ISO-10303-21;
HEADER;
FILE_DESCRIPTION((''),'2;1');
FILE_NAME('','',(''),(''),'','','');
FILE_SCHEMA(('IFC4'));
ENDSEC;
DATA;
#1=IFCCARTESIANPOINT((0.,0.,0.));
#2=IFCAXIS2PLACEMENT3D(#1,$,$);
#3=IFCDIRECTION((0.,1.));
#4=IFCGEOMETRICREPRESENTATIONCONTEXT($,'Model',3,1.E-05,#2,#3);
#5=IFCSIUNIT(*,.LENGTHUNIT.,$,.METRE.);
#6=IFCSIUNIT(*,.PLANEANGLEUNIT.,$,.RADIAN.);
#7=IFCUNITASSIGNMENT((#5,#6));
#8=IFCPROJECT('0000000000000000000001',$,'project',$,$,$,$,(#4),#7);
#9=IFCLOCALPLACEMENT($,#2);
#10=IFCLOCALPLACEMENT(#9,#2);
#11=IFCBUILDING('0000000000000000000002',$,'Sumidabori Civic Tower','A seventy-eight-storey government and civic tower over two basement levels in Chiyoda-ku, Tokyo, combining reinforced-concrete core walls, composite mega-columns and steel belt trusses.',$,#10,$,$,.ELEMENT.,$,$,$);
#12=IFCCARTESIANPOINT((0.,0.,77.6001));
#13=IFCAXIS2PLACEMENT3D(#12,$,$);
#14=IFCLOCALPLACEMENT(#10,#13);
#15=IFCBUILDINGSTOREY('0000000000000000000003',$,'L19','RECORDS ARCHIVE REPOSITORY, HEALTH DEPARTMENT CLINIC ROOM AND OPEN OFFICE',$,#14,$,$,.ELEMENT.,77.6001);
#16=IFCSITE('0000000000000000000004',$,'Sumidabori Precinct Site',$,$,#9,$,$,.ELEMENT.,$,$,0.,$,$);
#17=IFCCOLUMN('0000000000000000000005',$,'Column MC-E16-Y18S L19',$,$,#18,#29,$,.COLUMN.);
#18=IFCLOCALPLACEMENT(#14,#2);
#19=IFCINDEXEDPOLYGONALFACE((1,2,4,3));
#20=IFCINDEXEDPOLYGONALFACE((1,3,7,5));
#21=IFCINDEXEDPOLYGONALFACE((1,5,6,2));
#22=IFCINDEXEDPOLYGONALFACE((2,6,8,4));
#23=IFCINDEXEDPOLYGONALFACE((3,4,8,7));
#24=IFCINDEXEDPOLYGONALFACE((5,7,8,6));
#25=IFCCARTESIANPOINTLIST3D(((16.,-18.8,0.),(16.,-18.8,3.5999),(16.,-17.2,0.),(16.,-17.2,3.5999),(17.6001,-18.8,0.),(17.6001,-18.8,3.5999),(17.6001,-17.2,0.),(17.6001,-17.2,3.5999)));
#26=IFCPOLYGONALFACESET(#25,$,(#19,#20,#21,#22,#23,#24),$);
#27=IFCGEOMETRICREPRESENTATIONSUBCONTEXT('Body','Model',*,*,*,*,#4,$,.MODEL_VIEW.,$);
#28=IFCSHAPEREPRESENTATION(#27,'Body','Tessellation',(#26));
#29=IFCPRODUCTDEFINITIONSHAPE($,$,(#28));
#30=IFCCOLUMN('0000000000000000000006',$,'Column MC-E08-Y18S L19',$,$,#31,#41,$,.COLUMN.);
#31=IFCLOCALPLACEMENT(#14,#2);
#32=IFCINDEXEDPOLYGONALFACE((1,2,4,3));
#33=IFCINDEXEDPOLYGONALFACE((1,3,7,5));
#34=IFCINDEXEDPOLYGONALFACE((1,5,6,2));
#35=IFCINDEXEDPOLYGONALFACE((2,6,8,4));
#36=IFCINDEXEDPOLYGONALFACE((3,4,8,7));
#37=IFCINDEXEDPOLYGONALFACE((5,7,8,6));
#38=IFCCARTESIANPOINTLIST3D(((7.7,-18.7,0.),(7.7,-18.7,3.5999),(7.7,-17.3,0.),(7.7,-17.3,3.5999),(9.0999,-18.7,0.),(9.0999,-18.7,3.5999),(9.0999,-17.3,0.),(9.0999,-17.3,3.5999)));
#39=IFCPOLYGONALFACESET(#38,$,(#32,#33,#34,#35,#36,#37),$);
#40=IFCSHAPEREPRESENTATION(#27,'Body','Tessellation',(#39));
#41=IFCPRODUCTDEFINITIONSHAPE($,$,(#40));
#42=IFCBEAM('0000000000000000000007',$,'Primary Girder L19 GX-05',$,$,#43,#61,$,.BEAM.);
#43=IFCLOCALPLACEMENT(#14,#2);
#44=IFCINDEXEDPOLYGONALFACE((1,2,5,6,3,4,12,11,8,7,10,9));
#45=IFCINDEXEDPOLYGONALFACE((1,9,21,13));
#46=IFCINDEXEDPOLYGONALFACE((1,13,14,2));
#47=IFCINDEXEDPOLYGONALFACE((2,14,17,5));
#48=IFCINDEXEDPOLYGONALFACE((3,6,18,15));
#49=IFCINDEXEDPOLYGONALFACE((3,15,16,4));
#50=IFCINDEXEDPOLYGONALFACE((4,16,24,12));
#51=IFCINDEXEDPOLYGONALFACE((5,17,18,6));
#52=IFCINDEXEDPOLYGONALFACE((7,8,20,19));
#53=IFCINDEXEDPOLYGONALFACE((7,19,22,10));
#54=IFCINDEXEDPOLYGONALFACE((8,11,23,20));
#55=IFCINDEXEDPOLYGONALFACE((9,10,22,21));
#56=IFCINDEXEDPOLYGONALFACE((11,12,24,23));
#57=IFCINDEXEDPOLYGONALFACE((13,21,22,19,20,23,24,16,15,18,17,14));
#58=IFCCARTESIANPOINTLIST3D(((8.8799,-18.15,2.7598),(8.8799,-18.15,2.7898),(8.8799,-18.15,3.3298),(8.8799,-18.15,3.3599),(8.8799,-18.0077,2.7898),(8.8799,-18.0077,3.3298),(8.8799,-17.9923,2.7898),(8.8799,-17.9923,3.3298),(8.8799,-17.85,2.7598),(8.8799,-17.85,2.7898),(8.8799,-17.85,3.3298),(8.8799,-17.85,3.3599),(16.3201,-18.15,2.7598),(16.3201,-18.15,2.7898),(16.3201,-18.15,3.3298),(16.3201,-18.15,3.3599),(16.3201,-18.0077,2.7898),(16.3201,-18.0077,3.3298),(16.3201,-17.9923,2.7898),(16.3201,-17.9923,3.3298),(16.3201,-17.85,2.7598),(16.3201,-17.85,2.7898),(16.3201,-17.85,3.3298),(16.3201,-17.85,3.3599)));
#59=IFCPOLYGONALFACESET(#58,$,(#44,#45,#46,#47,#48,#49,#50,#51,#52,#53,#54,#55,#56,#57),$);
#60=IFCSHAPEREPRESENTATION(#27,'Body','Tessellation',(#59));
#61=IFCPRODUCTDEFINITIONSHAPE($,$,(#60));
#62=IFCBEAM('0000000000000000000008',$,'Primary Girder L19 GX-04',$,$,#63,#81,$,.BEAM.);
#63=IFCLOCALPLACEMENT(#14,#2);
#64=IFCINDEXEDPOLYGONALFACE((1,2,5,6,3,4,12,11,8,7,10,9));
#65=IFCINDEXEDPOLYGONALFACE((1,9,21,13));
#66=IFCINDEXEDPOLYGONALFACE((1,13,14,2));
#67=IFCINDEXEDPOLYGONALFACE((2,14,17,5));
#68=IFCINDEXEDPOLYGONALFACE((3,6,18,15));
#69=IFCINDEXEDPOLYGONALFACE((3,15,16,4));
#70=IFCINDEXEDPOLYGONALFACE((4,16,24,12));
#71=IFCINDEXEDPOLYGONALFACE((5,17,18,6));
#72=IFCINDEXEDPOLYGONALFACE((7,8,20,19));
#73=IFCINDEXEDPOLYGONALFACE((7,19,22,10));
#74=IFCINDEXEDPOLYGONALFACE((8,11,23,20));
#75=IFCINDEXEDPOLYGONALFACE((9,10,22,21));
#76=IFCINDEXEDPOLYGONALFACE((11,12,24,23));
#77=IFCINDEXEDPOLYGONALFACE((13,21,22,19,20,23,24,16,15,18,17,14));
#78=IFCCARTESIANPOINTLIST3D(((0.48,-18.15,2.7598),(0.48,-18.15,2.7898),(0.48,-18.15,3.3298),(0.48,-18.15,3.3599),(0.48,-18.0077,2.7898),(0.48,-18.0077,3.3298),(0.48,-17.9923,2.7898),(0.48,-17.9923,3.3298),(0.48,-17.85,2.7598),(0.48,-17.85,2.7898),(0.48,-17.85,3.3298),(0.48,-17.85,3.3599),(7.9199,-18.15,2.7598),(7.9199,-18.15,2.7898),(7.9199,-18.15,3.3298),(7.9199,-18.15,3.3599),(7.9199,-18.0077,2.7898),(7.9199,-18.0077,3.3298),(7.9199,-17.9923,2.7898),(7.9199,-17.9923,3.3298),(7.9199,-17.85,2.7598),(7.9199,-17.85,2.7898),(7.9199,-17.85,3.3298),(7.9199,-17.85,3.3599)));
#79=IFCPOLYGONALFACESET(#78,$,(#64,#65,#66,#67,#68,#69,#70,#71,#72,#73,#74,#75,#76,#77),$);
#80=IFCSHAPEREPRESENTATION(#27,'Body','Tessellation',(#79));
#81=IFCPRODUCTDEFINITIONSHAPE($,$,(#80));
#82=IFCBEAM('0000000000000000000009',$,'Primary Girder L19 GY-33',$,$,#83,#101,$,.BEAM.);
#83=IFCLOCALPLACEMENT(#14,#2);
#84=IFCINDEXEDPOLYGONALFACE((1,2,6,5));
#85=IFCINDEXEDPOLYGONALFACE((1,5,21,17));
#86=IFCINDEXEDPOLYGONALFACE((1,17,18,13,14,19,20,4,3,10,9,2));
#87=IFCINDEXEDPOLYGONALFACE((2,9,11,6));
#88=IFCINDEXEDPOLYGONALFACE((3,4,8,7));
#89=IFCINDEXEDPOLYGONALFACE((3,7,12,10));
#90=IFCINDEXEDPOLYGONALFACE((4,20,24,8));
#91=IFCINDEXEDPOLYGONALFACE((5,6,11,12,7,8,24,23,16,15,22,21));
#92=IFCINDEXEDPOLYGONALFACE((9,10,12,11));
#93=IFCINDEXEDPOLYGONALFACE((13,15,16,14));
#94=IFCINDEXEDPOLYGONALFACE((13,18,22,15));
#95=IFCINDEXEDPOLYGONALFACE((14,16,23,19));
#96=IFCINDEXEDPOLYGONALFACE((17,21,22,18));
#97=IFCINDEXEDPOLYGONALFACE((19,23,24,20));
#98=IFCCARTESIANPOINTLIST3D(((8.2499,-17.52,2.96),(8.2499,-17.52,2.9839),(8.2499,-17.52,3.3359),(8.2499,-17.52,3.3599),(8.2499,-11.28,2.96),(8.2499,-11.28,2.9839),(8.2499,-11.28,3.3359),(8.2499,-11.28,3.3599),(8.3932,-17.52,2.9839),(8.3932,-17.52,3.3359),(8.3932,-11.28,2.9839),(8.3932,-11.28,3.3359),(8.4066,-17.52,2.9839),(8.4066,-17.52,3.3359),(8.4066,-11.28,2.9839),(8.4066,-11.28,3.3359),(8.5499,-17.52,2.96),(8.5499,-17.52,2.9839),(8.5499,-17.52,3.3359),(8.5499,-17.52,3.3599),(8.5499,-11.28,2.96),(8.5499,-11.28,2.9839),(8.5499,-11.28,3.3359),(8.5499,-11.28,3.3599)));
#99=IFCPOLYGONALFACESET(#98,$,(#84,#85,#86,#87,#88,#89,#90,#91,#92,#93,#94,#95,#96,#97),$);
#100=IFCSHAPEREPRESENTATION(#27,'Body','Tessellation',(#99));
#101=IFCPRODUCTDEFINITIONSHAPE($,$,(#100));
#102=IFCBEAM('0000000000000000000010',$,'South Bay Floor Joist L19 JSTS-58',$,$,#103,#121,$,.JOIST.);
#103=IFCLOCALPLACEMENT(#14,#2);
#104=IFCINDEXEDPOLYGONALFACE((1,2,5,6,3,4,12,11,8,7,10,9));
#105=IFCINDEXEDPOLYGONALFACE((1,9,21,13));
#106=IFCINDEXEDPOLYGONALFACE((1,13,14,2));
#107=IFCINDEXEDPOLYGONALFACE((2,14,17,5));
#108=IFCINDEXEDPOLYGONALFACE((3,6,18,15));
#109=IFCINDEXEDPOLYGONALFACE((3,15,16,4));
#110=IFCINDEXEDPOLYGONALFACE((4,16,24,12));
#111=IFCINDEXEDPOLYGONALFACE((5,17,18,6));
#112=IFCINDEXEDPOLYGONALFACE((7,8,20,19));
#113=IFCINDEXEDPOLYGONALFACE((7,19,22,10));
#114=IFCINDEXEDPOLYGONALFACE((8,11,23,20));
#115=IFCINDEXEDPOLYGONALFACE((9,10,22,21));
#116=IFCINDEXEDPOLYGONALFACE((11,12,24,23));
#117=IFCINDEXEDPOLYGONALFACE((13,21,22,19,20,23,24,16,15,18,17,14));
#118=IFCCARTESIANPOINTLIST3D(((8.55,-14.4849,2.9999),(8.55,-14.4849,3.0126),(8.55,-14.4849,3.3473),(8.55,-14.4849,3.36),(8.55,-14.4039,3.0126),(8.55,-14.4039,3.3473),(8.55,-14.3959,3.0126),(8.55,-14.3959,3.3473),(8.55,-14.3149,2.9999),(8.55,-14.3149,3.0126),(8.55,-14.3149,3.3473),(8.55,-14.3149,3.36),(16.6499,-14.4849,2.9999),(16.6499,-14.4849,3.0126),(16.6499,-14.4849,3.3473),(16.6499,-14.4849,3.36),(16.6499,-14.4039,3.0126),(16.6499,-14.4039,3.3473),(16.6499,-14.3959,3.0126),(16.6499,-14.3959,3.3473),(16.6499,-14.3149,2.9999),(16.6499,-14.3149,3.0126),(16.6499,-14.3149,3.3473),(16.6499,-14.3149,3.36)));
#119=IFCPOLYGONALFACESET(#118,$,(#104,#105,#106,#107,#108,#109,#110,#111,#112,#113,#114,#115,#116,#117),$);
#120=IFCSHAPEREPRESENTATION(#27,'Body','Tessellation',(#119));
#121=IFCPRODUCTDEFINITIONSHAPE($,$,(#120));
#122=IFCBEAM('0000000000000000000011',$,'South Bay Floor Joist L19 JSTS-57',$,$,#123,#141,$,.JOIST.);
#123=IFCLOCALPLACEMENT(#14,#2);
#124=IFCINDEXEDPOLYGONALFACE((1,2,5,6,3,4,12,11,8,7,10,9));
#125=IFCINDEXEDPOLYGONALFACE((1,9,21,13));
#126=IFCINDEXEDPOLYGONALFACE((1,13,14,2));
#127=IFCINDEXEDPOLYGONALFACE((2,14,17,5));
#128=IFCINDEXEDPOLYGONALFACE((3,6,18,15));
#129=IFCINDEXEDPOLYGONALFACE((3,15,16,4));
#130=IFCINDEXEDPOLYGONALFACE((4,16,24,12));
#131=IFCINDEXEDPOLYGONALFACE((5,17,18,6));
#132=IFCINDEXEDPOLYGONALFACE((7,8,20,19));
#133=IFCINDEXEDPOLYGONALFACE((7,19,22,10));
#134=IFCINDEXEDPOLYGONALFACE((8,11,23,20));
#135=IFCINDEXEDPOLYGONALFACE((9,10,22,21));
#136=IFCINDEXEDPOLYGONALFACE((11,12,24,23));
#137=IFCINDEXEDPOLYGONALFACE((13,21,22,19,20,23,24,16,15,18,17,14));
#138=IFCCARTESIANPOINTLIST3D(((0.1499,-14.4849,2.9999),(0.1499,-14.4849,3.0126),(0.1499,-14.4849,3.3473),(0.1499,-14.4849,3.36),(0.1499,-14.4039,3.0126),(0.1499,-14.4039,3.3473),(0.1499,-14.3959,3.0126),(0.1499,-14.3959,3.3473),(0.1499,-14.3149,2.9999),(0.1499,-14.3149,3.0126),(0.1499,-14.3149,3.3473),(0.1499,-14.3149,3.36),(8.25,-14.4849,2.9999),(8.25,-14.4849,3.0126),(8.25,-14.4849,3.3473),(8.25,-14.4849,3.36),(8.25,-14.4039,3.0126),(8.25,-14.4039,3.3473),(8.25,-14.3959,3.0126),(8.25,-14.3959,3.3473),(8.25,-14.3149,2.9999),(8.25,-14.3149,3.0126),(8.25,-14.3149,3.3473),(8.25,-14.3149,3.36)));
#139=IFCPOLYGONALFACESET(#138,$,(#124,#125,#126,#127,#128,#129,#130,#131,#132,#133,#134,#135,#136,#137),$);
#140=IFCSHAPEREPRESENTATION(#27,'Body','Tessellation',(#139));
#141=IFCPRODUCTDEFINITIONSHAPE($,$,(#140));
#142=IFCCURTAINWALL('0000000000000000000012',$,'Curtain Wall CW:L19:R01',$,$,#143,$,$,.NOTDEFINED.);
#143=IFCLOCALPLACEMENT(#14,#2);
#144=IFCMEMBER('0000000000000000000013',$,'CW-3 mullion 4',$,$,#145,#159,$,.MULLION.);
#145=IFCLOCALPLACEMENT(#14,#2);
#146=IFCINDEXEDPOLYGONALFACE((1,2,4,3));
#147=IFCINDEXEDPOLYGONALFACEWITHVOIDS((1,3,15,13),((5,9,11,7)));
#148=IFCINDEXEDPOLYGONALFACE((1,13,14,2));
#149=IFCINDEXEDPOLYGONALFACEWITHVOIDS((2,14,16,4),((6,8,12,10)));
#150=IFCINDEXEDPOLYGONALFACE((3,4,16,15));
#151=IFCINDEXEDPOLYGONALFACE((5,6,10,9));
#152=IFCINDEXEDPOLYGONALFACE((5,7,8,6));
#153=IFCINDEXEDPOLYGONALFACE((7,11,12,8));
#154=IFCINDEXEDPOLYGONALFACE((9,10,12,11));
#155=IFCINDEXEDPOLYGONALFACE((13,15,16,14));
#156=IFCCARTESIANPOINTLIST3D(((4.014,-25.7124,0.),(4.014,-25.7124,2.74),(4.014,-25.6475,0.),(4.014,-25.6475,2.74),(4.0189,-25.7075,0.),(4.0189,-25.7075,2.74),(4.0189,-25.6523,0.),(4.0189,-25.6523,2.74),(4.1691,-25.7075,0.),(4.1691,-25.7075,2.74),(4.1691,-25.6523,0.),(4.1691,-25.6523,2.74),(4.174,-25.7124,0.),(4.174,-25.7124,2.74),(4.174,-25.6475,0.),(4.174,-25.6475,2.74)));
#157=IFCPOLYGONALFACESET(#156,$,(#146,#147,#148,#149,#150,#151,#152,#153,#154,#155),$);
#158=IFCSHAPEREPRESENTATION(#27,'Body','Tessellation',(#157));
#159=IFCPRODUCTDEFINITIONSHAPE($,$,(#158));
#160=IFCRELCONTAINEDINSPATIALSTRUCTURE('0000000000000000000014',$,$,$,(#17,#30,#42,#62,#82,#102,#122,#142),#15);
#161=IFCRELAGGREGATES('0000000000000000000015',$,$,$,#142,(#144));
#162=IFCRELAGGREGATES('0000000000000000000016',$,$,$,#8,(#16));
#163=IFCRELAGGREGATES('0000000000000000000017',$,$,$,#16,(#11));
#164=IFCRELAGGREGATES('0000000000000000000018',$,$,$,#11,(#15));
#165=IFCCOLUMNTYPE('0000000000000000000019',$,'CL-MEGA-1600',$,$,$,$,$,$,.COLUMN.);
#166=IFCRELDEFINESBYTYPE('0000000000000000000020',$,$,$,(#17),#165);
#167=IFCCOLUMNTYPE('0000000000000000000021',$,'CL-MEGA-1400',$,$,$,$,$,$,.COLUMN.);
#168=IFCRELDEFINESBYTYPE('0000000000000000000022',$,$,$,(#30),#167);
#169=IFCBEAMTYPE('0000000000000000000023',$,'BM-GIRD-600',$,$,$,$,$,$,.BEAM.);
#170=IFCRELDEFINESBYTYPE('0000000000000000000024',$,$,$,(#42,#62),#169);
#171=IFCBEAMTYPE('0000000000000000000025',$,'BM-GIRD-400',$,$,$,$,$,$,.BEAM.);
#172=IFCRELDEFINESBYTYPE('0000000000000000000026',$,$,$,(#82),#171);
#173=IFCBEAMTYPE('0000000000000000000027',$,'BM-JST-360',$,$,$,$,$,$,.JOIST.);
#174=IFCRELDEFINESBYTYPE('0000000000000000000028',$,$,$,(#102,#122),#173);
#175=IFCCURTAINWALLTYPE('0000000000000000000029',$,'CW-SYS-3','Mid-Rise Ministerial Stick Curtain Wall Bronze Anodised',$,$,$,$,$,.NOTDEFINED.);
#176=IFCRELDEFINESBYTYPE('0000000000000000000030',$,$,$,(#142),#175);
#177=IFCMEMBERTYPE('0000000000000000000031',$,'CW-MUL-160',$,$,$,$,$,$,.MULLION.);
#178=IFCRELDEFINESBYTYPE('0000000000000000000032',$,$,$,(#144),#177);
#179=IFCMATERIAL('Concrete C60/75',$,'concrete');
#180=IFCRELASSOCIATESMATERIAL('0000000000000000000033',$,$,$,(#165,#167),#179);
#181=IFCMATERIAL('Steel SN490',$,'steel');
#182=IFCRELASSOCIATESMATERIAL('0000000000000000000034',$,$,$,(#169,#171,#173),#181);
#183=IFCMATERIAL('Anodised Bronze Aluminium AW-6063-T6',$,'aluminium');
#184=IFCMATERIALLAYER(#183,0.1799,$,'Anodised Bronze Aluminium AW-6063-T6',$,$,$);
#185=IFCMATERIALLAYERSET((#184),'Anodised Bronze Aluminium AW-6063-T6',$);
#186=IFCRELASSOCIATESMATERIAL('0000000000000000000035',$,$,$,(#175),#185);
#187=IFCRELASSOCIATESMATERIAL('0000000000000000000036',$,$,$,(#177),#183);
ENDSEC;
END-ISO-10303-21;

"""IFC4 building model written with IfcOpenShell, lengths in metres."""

from ifc_helpers import new_model, si_unit, direction, frame, origin, origin_2d, place, context, subcontext, project, spatial, rectangle, hollow_rectangle, i_section, extrude, source, transform, mapped, material, layer, layer_set, material_profile, profile_set, type_object, element, aggregate, save


model = new_model("IFC4")

# Units and contexts
model_context = context("Model", 3, precision=1e-05, world=origin(), true_north=direction((0.0, 1.0)))
body_context = subcontext(model_context, "Body", "Model", "MODEL_VIEW")
ifc_project = project(units=[si_unit("LENGTHUNIT", "METRE"), si_unit("PLANEANGLEUNIT", "RADIAN")], contexts=[model_context])

# Site, building, storey
site_placement = place(None, origin())
site = spatial("IfcSite", under=ifc_project, at=site_placement, Name="Sumidabori Precinct Site", CompositionType="ELEMENT", RefElevation=0.0)
building_placement = place(site_placement, origin())
building = spatial("IfcBuilding", under=site, at=building_placement, Name="Sumidabori Civic Tower", Description="A seventy-eight-storey government and civic tower over two basement levels in Chiyoda-ku, Tokyo, combining reinforced-concrete core walls, composite mega-columns and steel belt trusses.", CompositionType="ELEMENT")
storey_placement = place(building_placement, frame((0.0, 0.0, 77.6001)))
storey = spatial("IfcBuildingStorey", under=building, at=storey_placement, Name="L19", Description="RECORDS ARCHIVE REPOSITORY, HEALTH DEPARTMENT CLINIC ROOM AND OPEN OFFICE", CompositionType="ELEMENT", Elevation=77.6001)

# Columns
ifc_material_1 = material(Name="Concrete C60/75", Category="concrete")
ifc_material_profile_1 = material_profile(ifc_material_1, rectangle(XDim=1.6001, YDim=1.6001, at=origin_2d()), Name="RC 1600x1600")
ifc_profile_set_1 = profile_set([ifc_material_profile_1], Name="Concrete C60/75")
column_type_1 = type_object("IfcColumnType", Name="CL-MEGA-1600", PredefinedType="COLUMN", material=ifc_profile_set_1)
shared_shape_1 = source(origin(), body_context, "Body", "SweptSolid", [
    extrude(rectangle(XDim=1.6001, YDim=1.6001, at=origin_2d()), origin(), (0.0, 0.0, 1.0), 3.5999),
])
column_1_placement = place(storey_placement, frame((16.8, -18.0, 0.0), z_axis=(0.0, 0.0, 1.0), x_axis=(1.0, 0.0, 0.0)))
element("IfcColumn", 1, at=column_1_placement, inside=storey, type_object=column_type_1, Name="Column MC-E16-Y18S L19", PredefinedType="COLUMN", context=body_context, shape_type="MappedRepresentation", body=[
    mapped(shared_shape_1, transform((0.0, 0.0, 0.0), x_axis=(1.0, 0.0, 0.0), y_axis=(0.0, 1.0, 0.0), z_axis=(0.0, 0.0, 1.0), scale=1.0)),
])
ifc_material_profile_2 = material_profile(ifc_material_1, rectangle(XDim=1.3999, YDim=1.3999, at=origin_2d()), Name="RC 1400x1400")
ifc_profile_set_2 = profile_set([ifc_material_profile_2], Name="Concrete C60/75")
column_type_2 = type_object("IfcColumnType", Name="CL-MEGA-1400", PredefinedType="COLUMN", material=ifc_profile_set_2)
shared_shape_2 = source(origin(), body_context, "Body", "SweptSolid", [
    extrude(rectangle(XDim=1.3999, YDim=1.3999, at=origin_2d()), origin(), (0.0, 0.0, 1.0), 3.5999),
])
column_2_placement = place(storey_placement, frame((8.3999, -18.0, 0.0), z_axis=(0.0, 0.0, 1.0), x_axis=(1.0, 0.0, 0.0)))
element("IfcColumn", 2, at=column_2_placement, inside=storey, type_object=column_type_2, Name="Column MC-E08-Y18S L19", PredefinedType="COLUMN", context=body_context, shape_type="MappedRepresentation", body=[
    mapped(shared_shape_2, transform((0.0, 0.0, 0.0), x_axis=(1.0, 0.0, 0.0), y_axis=(0.0, 1.0, 0.0), z_axis=(0.0, 0.0, 1.0), scale=1.0)),
])

# Beams
ifc_material_2 = material(Name="Steel SN490", Category="steel")
ifc_material_profile_3 = material_profile(ifc_material_2, i_section(OverallWidth=0.3, OverallDepth=0.6001, WebThickness=0.0154, FlangeThickness=0.03, at=origin_2d()), Name="HE 600 B")
ifc_profile_set_3 = profile_set([ifc_material_profile_3], Name="Steel SN490")
beam_type_1 = type_object("IfcBeamType", Name="BM-GIRD-600", PredefinedType="BEAM", material=ifc_profile_set_3)
shared_shape_3 = source(origin(), body_context, "Body", "SweptSolid", [
    extrude(i_section(OverallWidth=0.3, OverallDepth=0.6001, WebThickness=0.0154, FlangeThickness=0.03, at=origin_2d()), origin(), (0.0, 0.0, 1.0), 7.4402),
])
beam_1_placement = place(storey_placement, frame((8.8799, -18.0, 3.0598), z_axis=(1.0, 0.0, 0.0), x_axis=(0.0, 1.0, 0.0)))
element("IfcBeam", 3, at=beam_1_placement, inside=storey, type_object=beam_type_1, Name="Primary Girder L19 GX-05", PredefinedType="BEAM", context=body_context, shape_type="MappedRepresentation", body=[
    mapped(shared_shape_3, transform((0.0, 0.0, 0.0), x_axis=(1.0, 0.0, 0.0), y_axis=(0.0, 1.0, 0.0), z_axis=(0.0, 0.0, 1.0), scale=1.0)),
])
shared_shape_4 = source(origin(), body_context, "Body", "SweptSolid", [
    extrude(i_section(OverallWidth=0.3, OverallDepth=0.6001, WebThickness=0.0154, FlangeThickness=0.03, at=origin_2d()), origin(), (0.0, 0.0, 1.0), 7.4399),
])
beam_2_placement = place(storey_placement, frame((0.48, -18.0, 3.0598), z_axis=(1.0, 0.0, 0.0), x_axis=(0.0, 1.0, 0.0)))
element("IfcBeam", 4, at=beam_2_placement, inside=storey, type_object=beam_type_1, Name="Primary Girder L19 GX-04", PredefinedType="BEAM", context=body_context, shape_type="MappedRepresentation", body=[
    mapped(shared_shape_4, transform((0.0, 0.0, 0.0), x_axis=(1.0, 0.0, 0.0), y_axis=(0.0, 1.0, 0.0), z_axis=(0.0, 0.0, 1.0), scale=1.0)),
])
ifc_material_profile_4 = material_profile(ifc_material_2, i_section(OverallWidth=0.3, OverallDepth=0.3999, WebThickness=0.0134, FlangeThickness=0.0239, at=origin_2d()), Name="HE 400 B")
ifc_profile_set_4 = profile_set([ifc_material_profile_4], Name="Steel SN490")
beam_type_2 = type_object("IfcBeamType", Name="BM-GIRD-400", PredefinedType="BEAM", material=ifc_profile_set_4)
shared_shape_5 = source(origin(), body_context, "Body", "SweptSolid", [
    extrude(i_section(OverallWidth=0.3, OverallDepth=0.3999, WebThickness=0.0134, FlangeThickness=0.0239, at=origin_2d()), origin(), (0.0, 0.0, 1.0), 6.24),
])
beam_3_placement = place(storey_placement, frame((8.3999, -17.52, 3.1599), z_axis=(0.0, 1.0, 0.0), x_axis=(-1.0, 0.0, 0.0)))
element("IfcBeam", 5, at=beam_3_placement, inside=storey, type_object=beam_type_2, Name="Primary Girder L19 GY-33", PredefinedType="BEAM", context=body_context, shape_type="MappedRepresentation", body=[
    mapped(shared_shape_5, transform((0.0, 0.0, 0.0), x_axis=(1.0, 0.0, 0.0), y_axis=(0.0, 1.0, 0.0), z_axis=(0.0, 0.0, 1.0), scale=1.0)),
])
ifc_material_profile_5 = material_profile(ifc_material_2, i_section(OverallWidth=0.1699, OverallDepth=0.3601, WebThickness=0.0081, FlangeThickness=0.0127, at=origin_2d()), Name="IPE 360")
ifc_profile_set_5 = profile_set([ifc_material_profile_5], Name="Steel SN490")
beam_type_3 = type_object("IfcBeamType", Name="BM-JST-360", PredefinedType="JOIST", material=ifc_profile_set_5)
shared_shape_6 = source(origin(), body_context, "Body", "SweptSolid", [
    extrude(i_section(OverallWidth=0.1699, OverallDepth=0.3601, WebThickness=0.0081, FlangeThickness=0.0127, at=origin_2d()), origin(), (0.0, 0.0, 1.0), 8.0999),
])
beam_4_placement = place(storey_placement, frame((8.55, -14.3999, 3.1799), z_axis=(1.0, 0.0, 0.0), x_axis=(0.0, 1.0, 0.0)))
element("IfcBeam", 6, at=beam_4_placement, inside=storey, type_object=beam_type_3, Name="South Bay Floor Joist L19 JSTS-58", PredefinedType="JOIST", context=body_context, shape_type="MappedRepresentation", body=[
    mapped(shared_shape_6, transform((0.0, 0.0, 0.0), x_axis=(1.0, 0.0, 0.0), y_axis=(0.0, 1.0, 0.0), z_axis=(0.0, 0.0, 1.0), scale=1.0)),
])
shared_shape_7 = source(origin(), body_context, "Body", "SweptSolid", [
    extrude(i_section(OverallWidth=0.1699, OverallDepth=0.3601, WebThickness=0.0081, FlangeThickness=0.0127, at=origin_2d()), origin(), (0.0, 0.0, 1.0), 8.1001),
])
beam_5_placement = place(storey_placement, frame((0.1499, -14.3999, 3.1799), z_axis=(1.0, 0.0, 0.0), x_axis=(0.0, 1.0, 0.0)))
element("IfcBeam", 7, at=beam_5_placement, inside=storey, type_object=beam_type_3, Name="South Bay Floor Joist L19 JSTS-57", PredefinedType="JOIST", context=body_context, shape_type="MappedRepresentation", body=[
    mapped(shared_shape_7, transform((0.0, 0.0, 0.0), x_axis=(1.0, 0.0, 0.0), y_axis=(0.0, 1.0, 0.0), z_axis=(0.0, 0.0, 1.0), scale=1.0)),
])

# Curtain wall, member
ifc_material_3 = material(Name="Anodised Bronze Aluminium AW-6063-T6", Category="aluminium")
ifc_layer_1 = layer(ifc_material_3, 0.1799, Name="Anodised Bronze Aluminium AW-6063-T6")
ifc_layer_set_1 = layer_set([ifc_layer_1], Name="Anodised Bronze Aluminium AW-6063-T6")
curtain_wall_type = type_object("IfcCurtainWallType", Name="CW-SYS-3", Description="Mid-Rise Ministerial Stick Curtain Wall Bronze Anodised", PredefinedType="NOTDEFINED", material=ifc_layer_set_1)
curtain_wall_placement = place(storey_placement, origin())
curtain_wall = element("IfcCurtainWall", 8, at=curtain_wall_placement, inside=storey, type_object=curtain_wall_type, Name="Curtain Wall CW:L19:R01", PredefinedType="NOTDEFINED")
ifc_material_profile_6 = material_profile(ifc_material_3, hollow_rectangle(XDim=0.0649, YDim=0.1599, WallThickness=0.0049, at=origin_2d()), Name="ALU MULLION 160x65")
ifc_profile_set_6 = profile_set([ifc_material_profile_6], Name="Anodised Bronze Aluminium AW-6063-T6")
member_type_1 = type_object("IfcMemberType", Name="CW-MUL-160", PredefinedType="MULLION", material=ifc_profile_set_6)
shared_shape_8 = source(origin(), body_context, "Body", "SweptSolid", [
    extrude(hollow_rectangle(XDim=0.0649, YDim=0.1599, WallThickness=0.0049, at=origin_2d()), origin(), (0.0, 0.0, 1.0), 2.74),
])
member_1_placement = place(storey_placement, frame((4.094, -25.6799, 0.0), z_axis=(0.0, 0.0, 1.0), x_axis=(0.0, 1.0, 0.0)))
member_1 = element("IfcMember", 9, at=member_1_placement, type_object=member_type_1, Name="CW-3 mullion 4", PredefinedType="MULLION", context=body_context, shape_type="MappedRepresentation", body=[
    mapped(shared_shape_8, transform((0.0, 0.0, 0.0), x_axis=(1.0, 0.0, 0.0), y_axis=(0.0, 1.0, 0.0), z_axis=(0.0, 0.0, 1.0), scale=1.0)),
])
aggregate(curtain_wall, [member_1])

save(model, "model.ifc")
